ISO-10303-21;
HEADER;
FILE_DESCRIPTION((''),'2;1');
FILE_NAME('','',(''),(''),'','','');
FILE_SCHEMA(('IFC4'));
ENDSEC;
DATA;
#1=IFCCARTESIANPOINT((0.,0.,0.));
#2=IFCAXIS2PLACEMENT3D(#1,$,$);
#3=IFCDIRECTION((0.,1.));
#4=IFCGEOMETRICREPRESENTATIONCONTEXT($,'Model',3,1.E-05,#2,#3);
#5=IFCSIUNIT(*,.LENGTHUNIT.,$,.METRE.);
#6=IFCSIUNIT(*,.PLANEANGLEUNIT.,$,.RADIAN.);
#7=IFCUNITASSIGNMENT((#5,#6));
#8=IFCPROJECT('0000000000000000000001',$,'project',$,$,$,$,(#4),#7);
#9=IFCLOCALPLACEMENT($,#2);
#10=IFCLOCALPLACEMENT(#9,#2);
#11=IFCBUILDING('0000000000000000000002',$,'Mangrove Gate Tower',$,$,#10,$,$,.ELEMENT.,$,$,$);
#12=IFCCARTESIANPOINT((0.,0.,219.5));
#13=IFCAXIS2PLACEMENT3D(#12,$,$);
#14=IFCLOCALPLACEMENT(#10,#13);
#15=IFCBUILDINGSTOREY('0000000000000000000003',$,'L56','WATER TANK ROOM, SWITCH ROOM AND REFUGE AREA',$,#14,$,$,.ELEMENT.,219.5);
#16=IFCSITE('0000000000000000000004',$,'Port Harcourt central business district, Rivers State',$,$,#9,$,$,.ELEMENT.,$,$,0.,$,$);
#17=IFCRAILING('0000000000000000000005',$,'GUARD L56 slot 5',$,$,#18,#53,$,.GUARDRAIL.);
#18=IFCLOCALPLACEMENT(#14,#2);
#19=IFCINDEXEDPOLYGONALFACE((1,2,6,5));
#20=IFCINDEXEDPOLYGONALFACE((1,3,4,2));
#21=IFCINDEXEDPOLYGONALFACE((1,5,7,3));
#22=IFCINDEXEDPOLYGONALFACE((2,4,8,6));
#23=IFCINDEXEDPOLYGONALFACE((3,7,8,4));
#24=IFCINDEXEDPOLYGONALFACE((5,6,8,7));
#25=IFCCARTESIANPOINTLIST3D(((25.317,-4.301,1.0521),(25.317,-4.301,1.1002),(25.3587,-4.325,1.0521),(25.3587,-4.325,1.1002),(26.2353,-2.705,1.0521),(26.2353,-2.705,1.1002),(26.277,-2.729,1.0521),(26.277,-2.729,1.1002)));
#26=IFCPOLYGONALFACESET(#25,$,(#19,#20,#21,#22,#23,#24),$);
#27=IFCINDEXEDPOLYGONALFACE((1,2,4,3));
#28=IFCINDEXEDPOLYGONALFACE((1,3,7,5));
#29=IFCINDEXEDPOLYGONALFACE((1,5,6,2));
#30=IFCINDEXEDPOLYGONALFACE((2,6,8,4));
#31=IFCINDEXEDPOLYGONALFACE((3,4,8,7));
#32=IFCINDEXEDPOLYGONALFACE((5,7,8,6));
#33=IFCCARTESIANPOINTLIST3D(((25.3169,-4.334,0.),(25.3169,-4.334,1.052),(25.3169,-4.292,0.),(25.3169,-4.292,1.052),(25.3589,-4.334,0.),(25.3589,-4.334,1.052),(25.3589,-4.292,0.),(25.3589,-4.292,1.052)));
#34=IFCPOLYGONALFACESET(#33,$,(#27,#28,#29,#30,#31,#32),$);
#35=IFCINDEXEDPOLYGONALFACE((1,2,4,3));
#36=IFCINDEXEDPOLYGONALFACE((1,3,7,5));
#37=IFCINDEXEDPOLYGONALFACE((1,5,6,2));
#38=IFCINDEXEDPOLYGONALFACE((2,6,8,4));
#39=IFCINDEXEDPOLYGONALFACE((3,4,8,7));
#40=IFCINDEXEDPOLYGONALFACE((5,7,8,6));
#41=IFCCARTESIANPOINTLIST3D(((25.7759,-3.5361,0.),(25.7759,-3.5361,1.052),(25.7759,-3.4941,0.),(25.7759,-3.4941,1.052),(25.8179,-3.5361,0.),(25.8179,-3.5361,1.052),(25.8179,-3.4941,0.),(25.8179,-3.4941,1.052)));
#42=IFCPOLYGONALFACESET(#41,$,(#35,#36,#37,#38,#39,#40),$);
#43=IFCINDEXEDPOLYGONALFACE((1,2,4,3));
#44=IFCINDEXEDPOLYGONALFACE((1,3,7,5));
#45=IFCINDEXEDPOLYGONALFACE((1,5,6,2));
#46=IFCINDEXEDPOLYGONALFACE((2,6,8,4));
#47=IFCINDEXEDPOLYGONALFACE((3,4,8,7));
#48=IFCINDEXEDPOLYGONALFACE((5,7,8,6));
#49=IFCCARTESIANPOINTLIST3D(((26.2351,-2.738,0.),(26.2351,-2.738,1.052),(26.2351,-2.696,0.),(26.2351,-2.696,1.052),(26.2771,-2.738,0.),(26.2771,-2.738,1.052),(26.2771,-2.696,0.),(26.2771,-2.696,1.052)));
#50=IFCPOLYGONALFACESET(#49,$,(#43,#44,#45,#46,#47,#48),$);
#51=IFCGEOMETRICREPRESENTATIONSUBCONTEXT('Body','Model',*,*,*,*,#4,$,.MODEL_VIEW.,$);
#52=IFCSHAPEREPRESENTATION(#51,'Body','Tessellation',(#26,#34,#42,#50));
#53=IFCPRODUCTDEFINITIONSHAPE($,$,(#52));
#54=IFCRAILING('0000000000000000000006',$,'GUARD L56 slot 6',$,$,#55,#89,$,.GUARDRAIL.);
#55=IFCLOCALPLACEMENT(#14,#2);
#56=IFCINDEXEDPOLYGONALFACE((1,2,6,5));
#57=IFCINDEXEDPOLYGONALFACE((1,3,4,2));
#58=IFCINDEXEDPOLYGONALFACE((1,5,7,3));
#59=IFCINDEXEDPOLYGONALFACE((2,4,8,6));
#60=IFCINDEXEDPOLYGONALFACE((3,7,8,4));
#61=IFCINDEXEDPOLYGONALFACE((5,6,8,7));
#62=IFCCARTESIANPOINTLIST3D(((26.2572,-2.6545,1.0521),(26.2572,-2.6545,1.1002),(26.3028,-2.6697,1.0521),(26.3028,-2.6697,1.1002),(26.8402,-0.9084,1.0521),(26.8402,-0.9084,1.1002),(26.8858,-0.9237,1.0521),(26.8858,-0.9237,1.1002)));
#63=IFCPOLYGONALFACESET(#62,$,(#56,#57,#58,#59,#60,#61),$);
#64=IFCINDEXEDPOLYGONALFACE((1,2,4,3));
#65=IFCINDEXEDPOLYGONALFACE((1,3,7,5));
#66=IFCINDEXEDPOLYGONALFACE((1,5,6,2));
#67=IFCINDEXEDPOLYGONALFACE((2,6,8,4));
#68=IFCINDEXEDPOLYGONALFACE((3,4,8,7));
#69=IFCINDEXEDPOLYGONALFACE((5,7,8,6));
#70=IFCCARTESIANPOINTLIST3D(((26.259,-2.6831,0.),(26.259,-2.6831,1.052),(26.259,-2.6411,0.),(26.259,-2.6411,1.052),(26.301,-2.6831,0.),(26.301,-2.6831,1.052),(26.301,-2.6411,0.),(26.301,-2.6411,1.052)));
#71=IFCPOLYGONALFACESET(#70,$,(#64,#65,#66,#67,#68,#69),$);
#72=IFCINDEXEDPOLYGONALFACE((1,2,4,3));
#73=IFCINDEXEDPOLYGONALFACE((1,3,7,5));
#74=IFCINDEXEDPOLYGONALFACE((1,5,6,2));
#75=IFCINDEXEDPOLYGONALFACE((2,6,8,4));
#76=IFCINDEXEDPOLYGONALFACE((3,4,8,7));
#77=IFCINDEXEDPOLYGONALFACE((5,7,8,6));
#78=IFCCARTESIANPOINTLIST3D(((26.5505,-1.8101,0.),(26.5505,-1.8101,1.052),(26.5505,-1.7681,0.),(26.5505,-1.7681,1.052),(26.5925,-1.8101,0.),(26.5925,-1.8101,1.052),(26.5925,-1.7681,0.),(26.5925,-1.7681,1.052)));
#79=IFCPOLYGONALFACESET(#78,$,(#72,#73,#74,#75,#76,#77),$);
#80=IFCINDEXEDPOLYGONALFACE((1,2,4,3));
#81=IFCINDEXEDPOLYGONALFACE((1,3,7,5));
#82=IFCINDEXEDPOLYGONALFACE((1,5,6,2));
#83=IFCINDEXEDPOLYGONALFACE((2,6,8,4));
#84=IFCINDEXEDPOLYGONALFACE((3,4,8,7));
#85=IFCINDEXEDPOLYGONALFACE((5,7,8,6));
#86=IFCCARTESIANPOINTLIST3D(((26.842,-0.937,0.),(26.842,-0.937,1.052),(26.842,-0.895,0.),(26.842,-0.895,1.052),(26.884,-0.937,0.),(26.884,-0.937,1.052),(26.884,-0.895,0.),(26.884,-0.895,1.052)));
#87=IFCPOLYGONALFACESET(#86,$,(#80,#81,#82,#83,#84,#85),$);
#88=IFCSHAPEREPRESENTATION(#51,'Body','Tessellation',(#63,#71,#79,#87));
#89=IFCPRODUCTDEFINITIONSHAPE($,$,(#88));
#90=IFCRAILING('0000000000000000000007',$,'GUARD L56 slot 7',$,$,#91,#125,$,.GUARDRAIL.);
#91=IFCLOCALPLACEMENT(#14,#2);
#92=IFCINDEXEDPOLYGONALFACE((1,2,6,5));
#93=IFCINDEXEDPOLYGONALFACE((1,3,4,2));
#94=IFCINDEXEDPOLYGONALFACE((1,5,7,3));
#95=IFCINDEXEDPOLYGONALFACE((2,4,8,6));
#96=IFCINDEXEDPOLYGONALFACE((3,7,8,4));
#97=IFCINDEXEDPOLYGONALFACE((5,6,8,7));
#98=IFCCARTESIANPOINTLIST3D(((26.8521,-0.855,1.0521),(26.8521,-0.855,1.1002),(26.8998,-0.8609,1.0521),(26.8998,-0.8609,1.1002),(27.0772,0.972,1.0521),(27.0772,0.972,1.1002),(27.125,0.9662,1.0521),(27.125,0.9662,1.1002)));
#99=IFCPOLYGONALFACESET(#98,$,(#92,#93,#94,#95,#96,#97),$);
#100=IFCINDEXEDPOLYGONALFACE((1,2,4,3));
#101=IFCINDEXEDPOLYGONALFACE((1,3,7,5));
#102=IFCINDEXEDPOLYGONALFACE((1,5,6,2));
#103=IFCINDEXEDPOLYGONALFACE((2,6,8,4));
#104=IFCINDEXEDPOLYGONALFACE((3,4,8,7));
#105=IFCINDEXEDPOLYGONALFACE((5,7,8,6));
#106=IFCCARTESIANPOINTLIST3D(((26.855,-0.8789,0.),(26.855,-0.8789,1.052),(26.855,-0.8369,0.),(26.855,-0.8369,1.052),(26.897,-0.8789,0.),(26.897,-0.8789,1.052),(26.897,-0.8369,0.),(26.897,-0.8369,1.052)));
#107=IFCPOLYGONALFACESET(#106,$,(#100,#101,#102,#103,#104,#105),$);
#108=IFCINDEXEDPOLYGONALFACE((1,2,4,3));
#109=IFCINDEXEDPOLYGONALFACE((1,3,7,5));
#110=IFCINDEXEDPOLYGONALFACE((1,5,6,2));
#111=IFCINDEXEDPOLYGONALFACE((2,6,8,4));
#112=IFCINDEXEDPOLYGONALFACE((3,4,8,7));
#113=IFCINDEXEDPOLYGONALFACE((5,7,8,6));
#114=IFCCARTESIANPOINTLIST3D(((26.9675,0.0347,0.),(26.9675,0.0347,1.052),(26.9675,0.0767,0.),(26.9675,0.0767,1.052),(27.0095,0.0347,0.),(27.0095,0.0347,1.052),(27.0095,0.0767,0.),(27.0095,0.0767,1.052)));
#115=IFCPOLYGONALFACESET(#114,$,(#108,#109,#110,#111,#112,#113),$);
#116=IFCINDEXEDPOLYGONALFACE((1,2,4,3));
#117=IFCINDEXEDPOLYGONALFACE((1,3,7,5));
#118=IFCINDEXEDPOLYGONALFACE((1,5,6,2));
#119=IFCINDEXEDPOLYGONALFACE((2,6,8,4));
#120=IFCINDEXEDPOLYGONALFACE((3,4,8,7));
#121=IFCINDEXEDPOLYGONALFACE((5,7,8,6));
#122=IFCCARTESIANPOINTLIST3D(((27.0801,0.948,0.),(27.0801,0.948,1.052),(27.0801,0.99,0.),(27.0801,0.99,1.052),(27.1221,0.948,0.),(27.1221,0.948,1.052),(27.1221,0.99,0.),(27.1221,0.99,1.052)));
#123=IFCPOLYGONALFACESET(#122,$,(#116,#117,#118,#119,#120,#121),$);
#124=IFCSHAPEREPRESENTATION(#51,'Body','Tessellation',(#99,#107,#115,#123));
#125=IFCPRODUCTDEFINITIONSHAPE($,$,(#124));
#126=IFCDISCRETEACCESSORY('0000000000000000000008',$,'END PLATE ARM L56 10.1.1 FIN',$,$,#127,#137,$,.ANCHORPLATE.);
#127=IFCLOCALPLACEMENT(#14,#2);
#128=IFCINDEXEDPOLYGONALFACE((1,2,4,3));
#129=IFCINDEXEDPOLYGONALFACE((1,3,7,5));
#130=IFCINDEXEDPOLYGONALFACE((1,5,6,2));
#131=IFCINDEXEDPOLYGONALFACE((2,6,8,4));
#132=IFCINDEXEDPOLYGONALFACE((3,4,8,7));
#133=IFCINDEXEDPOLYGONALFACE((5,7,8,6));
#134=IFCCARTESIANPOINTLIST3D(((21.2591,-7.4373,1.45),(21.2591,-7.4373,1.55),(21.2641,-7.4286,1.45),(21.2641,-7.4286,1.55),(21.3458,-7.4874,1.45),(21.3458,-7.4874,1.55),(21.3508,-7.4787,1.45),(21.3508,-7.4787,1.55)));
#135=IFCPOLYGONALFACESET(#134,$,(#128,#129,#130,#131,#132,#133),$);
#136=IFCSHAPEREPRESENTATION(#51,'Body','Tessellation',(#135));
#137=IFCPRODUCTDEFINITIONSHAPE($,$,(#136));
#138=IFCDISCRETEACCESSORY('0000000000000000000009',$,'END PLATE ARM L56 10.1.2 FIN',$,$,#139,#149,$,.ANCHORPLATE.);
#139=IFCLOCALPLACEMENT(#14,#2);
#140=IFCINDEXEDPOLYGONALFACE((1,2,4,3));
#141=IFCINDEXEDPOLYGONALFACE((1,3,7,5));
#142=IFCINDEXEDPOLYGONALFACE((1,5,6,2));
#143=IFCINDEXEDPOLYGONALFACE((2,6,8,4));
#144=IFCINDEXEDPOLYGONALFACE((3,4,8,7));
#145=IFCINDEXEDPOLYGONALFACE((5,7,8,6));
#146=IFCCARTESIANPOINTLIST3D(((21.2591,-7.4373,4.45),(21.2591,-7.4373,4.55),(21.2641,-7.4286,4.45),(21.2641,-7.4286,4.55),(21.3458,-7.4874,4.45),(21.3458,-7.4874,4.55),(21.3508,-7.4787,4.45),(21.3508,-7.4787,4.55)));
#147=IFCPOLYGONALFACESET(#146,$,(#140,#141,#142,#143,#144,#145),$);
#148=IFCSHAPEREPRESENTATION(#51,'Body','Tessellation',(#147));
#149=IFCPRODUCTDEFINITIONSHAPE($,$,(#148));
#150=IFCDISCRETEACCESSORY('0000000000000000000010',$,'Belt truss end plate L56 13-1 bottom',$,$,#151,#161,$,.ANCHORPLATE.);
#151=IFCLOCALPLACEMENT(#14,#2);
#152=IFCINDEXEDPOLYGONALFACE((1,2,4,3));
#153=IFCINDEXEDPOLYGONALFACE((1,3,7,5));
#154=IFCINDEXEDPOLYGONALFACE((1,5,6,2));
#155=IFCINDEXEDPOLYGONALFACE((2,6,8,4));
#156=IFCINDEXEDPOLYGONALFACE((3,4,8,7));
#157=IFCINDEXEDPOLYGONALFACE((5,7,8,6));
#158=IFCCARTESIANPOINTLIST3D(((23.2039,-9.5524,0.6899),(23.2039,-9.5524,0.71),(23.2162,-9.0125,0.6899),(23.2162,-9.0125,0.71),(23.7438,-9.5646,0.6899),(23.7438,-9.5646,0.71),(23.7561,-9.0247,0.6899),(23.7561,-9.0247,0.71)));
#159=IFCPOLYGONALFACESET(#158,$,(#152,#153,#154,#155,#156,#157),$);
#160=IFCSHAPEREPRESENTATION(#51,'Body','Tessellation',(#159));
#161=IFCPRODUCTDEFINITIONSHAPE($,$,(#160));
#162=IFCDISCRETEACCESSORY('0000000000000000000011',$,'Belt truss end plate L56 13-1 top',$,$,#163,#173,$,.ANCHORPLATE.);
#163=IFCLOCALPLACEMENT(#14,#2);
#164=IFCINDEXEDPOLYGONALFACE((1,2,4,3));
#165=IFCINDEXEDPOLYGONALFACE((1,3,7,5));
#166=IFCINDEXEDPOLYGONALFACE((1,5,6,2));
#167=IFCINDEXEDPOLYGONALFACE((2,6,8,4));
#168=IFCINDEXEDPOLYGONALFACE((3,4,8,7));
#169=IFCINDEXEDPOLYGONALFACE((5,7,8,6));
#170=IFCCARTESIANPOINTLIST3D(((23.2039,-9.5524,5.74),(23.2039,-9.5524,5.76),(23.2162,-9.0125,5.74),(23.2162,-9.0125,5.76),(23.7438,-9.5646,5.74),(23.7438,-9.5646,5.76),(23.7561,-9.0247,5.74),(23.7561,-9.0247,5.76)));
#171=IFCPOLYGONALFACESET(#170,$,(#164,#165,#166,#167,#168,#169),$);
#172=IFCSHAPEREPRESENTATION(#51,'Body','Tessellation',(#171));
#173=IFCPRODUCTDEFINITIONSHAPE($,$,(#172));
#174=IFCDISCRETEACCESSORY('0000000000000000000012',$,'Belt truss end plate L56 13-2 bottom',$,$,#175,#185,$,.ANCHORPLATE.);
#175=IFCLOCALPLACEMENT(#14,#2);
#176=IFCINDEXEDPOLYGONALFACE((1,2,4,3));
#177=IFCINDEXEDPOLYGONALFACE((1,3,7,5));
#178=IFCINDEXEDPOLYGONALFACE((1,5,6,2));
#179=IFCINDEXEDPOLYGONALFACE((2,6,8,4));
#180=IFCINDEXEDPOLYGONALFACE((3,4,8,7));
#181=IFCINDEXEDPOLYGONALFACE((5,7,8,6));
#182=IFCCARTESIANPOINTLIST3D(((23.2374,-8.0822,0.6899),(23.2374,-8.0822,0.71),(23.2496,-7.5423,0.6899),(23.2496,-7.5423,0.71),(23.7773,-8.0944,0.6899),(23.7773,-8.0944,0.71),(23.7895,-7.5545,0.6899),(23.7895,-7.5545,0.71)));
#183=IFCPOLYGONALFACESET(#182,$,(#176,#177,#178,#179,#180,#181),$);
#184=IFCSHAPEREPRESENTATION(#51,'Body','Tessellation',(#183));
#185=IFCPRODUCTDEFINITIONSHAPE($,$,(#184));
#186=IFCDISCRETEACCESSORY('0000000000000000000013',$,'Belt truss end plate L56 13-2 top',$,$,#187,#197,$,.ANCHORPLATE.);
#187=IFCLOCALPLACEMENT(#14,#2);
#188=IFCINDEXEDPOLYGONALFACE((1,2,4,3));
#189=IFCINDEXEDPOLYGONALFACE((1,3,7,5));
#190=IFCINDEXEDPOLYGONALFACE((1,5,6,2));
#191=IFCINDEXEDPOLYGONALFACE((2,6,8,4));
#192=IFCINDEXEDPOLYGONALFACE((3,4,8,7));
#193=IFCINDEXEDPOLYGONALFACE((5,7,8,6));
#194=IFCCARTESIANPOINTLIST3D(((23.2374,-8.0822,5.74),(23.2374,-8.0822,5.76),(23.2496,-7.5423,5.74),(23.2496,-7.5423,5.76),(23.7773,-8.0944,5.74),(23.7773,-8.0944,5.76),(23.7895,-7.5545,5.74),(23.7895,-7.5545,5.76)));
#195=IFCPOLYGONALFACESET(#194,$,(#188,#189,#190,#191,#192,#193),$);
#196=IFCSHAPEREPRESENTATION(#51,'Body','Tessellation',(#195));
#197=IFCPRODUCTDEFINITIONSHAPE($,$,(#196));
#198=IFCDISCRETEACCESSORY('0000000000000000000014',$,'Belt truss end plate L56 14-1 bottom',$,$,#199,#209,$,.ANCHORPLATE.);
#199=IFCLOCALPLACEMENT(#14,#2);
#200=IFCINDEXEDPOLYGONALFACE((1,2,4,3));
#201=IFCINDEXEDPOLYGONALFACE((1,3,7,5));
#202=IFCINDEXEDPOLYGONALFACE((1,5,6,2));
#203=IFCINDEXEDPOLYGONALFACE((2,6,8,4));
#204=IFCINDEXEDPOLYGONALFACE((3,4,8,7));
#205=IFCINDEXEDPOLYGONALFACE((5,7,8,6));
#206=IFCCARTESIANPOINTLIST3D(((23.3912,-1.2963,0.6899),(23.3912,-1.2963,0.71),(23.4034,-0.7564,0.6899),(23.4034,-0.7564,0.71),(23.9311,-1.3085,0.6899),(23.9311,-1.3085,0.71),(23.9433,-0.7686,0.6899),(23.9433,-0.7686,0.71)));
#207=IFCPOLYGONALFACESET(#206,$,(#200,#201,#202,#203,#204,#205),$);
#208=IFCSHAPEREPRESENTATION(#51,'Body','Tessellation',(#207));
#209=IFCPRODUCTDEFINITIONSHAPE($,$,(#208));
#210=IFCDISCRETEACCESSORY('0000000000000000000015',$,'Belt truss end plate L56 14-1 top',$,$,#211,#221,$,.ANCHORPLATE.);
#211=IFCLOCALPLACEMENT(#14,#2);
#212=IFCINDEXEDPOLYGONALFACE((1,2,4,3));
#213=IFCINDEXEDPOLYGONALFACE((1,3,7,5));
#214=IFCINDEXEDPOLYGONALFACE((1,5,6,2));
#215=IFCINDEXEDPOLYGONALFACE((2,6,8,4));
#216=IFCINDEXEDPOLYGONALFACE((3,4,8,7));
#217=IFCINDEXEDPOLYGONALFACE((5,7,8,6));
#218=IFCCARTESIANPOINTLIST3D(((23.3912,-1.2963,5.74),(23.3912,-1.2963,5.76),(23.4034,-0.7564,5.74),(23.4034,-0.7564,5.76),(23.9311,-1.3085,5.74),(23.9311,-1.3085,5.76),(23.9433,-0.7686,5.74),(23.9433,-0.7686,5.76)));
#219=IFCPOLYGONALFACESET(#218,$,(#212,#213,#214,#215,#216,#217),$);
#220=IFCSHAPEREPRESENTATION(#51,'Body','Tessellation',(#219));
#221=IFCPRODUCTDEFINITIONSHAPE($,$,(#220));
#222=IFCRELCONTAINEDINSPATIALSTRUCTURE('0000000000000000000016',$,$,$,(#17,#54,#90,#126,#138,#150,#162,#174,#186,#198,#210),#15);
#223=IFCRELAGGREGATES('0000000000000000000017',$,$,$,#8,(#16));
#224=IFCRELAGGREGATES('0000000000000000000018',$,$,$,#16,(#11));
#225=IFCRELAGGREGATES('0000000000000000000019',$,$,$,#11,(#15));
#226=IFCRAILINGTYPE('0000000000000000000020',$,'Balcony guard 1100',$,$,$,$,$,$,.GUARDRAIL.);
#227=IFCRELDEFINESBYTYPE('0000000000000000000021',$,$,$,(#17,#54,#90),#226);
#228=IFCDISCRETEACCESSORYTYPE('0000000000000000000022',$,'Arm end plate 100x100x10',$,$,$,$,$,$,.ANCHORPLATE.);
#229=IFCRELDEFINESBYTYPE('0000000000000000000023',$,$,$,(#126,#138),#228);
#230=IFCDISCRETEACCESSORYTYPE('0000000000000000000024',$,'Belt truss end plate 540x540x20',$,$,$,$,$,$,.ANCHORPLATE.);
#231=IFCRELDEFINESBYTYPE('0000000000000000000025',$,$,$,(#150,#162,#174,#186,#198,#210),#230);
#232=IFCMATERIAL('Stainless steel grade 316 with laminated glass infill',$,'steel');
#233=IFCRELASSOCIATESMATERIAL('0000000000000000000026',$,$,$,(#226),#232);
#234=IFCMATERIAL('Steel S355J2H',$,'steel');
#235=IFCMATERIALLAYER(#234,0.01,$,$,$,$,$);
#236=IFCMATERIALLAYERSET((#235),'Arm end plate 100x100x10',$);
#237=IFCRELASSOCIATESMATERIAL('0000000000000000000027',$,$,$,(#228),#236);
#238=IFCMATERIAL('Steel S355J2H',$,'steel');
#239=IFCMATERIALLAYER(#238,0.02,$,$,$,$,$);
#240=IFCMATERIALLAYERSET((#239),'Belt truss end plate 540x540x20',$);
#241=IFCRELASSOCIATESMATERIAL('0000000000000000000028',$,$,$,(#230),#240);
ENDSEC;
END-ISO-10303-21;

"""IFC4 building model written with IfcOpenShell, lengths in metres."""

from ifc_helpers import new_model, si_unit, direction, frame, origin, origin_2d, place, context, subcontext, project, spatial, rectangle, extrude, material, layer, layer_set, type_object, element, save


model = new_model("IFC4")

# Units and contexts
model_context = context("Model", 3, precision=1e-05, world=origin(), true_north=direction((0.0, 1.0)))
body_context = subcontext(model_context, "Body", "Model", "MODEL_VIEW")
ifc_project = project(units=[si_unit("LENGTHUNIT", "METRE"), si_unit("PLANEANGLEUNIT", "RADIAN")], contexts=[model_context])

# Site, building, storey
site_placement = place(None, origin())
site = spatial("IfcSite", under=ifc_project, at=site_placement, Name="Port Harcourt central business district, Rivers State", CompositionType="ELEMENT", RefElevation=0.0)
building_placement = place(site_placement, origin())
building = spatial("IfcBuilding", under=site, at=building_placement, Name="Mangrove Gate Tower", CompositionType="ELEMENT")
storey_placement = place(building_placement, frame((0.0, 0.0, 219.5)))
storey = spatial("IfcBuildingStorey", under=building, at=storey_placement, Name="L56", Description="WATER TANK ROOM, SWITCH ROOM AND REFUGE AREA", CompositionType="ELEMENT", Elevation=219.5)

# Railings
ifc_material_1 = material(Name="Stainless steel grade 316 with laminated glass infill", Category="steel")
railing_type = type_object("IfcRailingType", Name="Balcony guard 1100", PredefinedType="GUARDRAIL", material=ifc_material_1)
railing_1_placement = place(storey_placement, frame((25.3379, -4.313, 0.0)))
element("IfcRailing", 1, at=railing_1_placement, inside=storey, type_object=railing_type, Name="GUARD L56 slot 5", PredefinedType="GUARDRAIL", context=body_context, shape_type="SweptSolid", body=[
    extrude(rectangle(XDim=0.0481, YDim=0.0481, at=origin_2d()), frame((0.0, 0.0, 1.0762), z_axis=(0.498693, 0.866779, 0.0), x_axis=(-0.866779, 0.498693, 0.0)), (0.0, 0.0, 1.0), 1.8413),
    extrude(rectangle(XDim=0.042, YDim=0.042, at=origin_2d()), origin(), (0.0, 0.0, 1.0), 1.052),
    extrude(rectangle(XDim=0.042, YDim=0.042, at=origin_2d()), frame((0.459, 0.7979, 0.0)), (0.0, 0.0, 1.0), 1.052),
    extrude(rectangle(XDim=0.042, YDim=0.042, at=origin_2d()), frame((0.9182, 1.5959, 0.0)), (0.0, 0.0, 1.0), 1.052),
])
railing_2_placement = place(storey_placement, frame((26.28, -2.6621, 0.0)))
element("IfcRailing", 2, at=railing_2_placement, inside=storey, type_object=railing_type, Name="GUARD L56 slot 6", PredefinedType="GUARDRAIL", context=body_context, shape_type="SweptSolid", body=[
    extrude(rectangle(XDim=0.0481, YDim=0.0481, at=origin_2d()), frame((0.0, 0.0, 1.0762), z_axis=(0.316705, 0.948524, 0.0), x_axis=(-0.948524, 0.316705, 0.0)), (0.0, 0.0, 1.0), 1.8408),
    extrude(rectangle(XDim=0.042, YDim=0.042, at=origin_2d()), origin(), (0.0, 0.0, 1.0), 1.052),
    extrude(rectangle(XDim=0.042, YDim=0.042, at=origin_2d()), frame((0.2915, 0.873, 0.0)), (0.0, 0.0, 1.0), 1.052),
    extrude(rectangle(XDim=0.042, YDim=0.042, at=origin_2d()), frame((0.583, 1.7461, 0.0)), (0.0, 0.0, 1.0), 1.052),
])
railing_3_placement = place(storey_placement, frame((26.876, -0.8579, 0.0)))
element("IfcRailing", 3, at=railing_3_placement, inside=storey, type_object=railing_type, Name="GUARD L56 slot 7", PredefinedType="GUARDRAIL", context=body_context, shape_type="SweptSolid", body=[
    extrude(rectangle(XDim=0.0481, YDim=0.0481, at=origin_2d()), frame((0.0, 0.0, 1.0762), z_axis=(0.122288, 0.992495, 0.0), x_axis=(-0.992495, 0.122288, 0.0)), (0.0, 0.0, 1.0), 1.8408),
    extrude(rectangle(XDim=0.042, YDim=0.042, at=origin_2d()), origin(), (0.0, 0.0, 1.0), 1.052),
    extrude(rectangle(XDim=0.042, YDim=0.042, at=origin_2d()), frame((0.1125, 0.9136, 0.0)), (0.0, 0.0, 1.0), 1.052),
    extrude(rectangle(XDim=0.042, YDim=0.042, at=origin_2d()), frame((0.2251, 1.8269, 0.0)), (0.0, 0.0, 1.0), 1.052),
])

# Discrete accessories
ifc_material_2 = material(Name="Steel S355J2H", Category="steel")
ifc_layer_1 = layer(ifc_material_2, 0.01)
ifc_layer_set_1 = layer_set([ifc_layer_1], Name="Arm end plate 100x100x10")
discrete_accessory_type_1 = type_object("IfcDiscreteAccessoryType", Name="Arm end plate 100x100x10", PredefinedType="ANCHORPLATE", material=ifc_layer_set_1)
for number, where, z_axis, x_axis, name in (
    (4, (21.3049, -7.458, 1.45), (0.0, 0.0, 1.0), (0.5, 0.866025, 0.0), "END PLATE ARM L56 10.1.1 FIN"),
    (5, (21.3049, -7.458, 4.45), (0.0, 0.0, 1.0), (0.5, 0.866025, 0.0), "END PLATE ARM L56 10.1.2 FIN"),
):
    element("IfcDiscreteAccessory", number, at=place(storey_placement, frame(where, z_axis=z_axis, x_axis=x_axis)), inside=storey, type_object=discrete_accessory_type_1, Name=name, PredefinedType="ANCHORPLATE", context=body_context, shape_type="SweptSolid", body=[
        extrude(rectangle(XDim=0.01, YDim=0.1001, at=origin_2d()), origin(), (0.0, 0.0, 1.0), 0.1001),
    ])
ifc_material_3 = material(Name="Steel S355J2H", Category="steel")
ifc_layer_2 = layer(ifc_material_3, 0.02)
ifc_layer_set_2 = layer_set([ifc_layer_2], Name="Belt truss end plate 540x540x20")
discrete_accessory_type_2 = type_object("IfcDiscreteAccessoryType", Name="Belt truss end plate 540x540x20", PredefinedType="ANCHORPLATE", material=ifc_layer_set_2)
for number, where, z_axis, x_axis, name in (
    (6, (23.48, -9.2886, 0.6899), (0.0, 0.0, 1.0), (0.02268, 0.999743, 0.0), "Belt truss end plate L56 13-1 bottom"),
    (7, (23.48, -9.2886, 5.74), (0.0, 0.0, 1.0), (0.02268, 0.999743, 0.0), "Belt truss end plate L56 13-1 top"),
    (8, (23.5134, -7.8184, 0.6899), (0.0, 0.0, 1.0), (0.02268, 0.999743, 0.0), "Belt truss end plate L56 13-2 bottom"),
    (9, (23.5134, -7.8184, 5.74), (0.0, 0.0, 1.0), (0.02268, 0.999743, 0.0), "Belt truss end plate L56 13-2 top"),
    (10, (23.6672, -1.0325, 0.6899), (0.0, 0.0, 1.0), (0.022688, 0.999743, 0.0), "Belt truss end plate L56 14-1 bottom"),
    (11, (23.6672, -1.0325, 5.74), (0.0, 0.0, 1.0), (0.022688, 0.999743, 0.0), "Belt truss end plate L56 14-1 top"),
):
    element("IfcDiscreteAccessory", number, at=place(storey_placement, frame(where, z_axis=z_axis, x_axis=x_axis)), inside=storey, type_object=discrete_accessory_type_2, Name=name, PredefinedType="ANCHORPLATE", context=body_context, shape_type="SweptSolid", body=[
        extrude(rectangle(XDim=0.54, YDim=0.54, at=origin_2d()), origin(), (0.0, 0.0, 1.0), 0.02),
    ])

save(model, "model.ifc")
